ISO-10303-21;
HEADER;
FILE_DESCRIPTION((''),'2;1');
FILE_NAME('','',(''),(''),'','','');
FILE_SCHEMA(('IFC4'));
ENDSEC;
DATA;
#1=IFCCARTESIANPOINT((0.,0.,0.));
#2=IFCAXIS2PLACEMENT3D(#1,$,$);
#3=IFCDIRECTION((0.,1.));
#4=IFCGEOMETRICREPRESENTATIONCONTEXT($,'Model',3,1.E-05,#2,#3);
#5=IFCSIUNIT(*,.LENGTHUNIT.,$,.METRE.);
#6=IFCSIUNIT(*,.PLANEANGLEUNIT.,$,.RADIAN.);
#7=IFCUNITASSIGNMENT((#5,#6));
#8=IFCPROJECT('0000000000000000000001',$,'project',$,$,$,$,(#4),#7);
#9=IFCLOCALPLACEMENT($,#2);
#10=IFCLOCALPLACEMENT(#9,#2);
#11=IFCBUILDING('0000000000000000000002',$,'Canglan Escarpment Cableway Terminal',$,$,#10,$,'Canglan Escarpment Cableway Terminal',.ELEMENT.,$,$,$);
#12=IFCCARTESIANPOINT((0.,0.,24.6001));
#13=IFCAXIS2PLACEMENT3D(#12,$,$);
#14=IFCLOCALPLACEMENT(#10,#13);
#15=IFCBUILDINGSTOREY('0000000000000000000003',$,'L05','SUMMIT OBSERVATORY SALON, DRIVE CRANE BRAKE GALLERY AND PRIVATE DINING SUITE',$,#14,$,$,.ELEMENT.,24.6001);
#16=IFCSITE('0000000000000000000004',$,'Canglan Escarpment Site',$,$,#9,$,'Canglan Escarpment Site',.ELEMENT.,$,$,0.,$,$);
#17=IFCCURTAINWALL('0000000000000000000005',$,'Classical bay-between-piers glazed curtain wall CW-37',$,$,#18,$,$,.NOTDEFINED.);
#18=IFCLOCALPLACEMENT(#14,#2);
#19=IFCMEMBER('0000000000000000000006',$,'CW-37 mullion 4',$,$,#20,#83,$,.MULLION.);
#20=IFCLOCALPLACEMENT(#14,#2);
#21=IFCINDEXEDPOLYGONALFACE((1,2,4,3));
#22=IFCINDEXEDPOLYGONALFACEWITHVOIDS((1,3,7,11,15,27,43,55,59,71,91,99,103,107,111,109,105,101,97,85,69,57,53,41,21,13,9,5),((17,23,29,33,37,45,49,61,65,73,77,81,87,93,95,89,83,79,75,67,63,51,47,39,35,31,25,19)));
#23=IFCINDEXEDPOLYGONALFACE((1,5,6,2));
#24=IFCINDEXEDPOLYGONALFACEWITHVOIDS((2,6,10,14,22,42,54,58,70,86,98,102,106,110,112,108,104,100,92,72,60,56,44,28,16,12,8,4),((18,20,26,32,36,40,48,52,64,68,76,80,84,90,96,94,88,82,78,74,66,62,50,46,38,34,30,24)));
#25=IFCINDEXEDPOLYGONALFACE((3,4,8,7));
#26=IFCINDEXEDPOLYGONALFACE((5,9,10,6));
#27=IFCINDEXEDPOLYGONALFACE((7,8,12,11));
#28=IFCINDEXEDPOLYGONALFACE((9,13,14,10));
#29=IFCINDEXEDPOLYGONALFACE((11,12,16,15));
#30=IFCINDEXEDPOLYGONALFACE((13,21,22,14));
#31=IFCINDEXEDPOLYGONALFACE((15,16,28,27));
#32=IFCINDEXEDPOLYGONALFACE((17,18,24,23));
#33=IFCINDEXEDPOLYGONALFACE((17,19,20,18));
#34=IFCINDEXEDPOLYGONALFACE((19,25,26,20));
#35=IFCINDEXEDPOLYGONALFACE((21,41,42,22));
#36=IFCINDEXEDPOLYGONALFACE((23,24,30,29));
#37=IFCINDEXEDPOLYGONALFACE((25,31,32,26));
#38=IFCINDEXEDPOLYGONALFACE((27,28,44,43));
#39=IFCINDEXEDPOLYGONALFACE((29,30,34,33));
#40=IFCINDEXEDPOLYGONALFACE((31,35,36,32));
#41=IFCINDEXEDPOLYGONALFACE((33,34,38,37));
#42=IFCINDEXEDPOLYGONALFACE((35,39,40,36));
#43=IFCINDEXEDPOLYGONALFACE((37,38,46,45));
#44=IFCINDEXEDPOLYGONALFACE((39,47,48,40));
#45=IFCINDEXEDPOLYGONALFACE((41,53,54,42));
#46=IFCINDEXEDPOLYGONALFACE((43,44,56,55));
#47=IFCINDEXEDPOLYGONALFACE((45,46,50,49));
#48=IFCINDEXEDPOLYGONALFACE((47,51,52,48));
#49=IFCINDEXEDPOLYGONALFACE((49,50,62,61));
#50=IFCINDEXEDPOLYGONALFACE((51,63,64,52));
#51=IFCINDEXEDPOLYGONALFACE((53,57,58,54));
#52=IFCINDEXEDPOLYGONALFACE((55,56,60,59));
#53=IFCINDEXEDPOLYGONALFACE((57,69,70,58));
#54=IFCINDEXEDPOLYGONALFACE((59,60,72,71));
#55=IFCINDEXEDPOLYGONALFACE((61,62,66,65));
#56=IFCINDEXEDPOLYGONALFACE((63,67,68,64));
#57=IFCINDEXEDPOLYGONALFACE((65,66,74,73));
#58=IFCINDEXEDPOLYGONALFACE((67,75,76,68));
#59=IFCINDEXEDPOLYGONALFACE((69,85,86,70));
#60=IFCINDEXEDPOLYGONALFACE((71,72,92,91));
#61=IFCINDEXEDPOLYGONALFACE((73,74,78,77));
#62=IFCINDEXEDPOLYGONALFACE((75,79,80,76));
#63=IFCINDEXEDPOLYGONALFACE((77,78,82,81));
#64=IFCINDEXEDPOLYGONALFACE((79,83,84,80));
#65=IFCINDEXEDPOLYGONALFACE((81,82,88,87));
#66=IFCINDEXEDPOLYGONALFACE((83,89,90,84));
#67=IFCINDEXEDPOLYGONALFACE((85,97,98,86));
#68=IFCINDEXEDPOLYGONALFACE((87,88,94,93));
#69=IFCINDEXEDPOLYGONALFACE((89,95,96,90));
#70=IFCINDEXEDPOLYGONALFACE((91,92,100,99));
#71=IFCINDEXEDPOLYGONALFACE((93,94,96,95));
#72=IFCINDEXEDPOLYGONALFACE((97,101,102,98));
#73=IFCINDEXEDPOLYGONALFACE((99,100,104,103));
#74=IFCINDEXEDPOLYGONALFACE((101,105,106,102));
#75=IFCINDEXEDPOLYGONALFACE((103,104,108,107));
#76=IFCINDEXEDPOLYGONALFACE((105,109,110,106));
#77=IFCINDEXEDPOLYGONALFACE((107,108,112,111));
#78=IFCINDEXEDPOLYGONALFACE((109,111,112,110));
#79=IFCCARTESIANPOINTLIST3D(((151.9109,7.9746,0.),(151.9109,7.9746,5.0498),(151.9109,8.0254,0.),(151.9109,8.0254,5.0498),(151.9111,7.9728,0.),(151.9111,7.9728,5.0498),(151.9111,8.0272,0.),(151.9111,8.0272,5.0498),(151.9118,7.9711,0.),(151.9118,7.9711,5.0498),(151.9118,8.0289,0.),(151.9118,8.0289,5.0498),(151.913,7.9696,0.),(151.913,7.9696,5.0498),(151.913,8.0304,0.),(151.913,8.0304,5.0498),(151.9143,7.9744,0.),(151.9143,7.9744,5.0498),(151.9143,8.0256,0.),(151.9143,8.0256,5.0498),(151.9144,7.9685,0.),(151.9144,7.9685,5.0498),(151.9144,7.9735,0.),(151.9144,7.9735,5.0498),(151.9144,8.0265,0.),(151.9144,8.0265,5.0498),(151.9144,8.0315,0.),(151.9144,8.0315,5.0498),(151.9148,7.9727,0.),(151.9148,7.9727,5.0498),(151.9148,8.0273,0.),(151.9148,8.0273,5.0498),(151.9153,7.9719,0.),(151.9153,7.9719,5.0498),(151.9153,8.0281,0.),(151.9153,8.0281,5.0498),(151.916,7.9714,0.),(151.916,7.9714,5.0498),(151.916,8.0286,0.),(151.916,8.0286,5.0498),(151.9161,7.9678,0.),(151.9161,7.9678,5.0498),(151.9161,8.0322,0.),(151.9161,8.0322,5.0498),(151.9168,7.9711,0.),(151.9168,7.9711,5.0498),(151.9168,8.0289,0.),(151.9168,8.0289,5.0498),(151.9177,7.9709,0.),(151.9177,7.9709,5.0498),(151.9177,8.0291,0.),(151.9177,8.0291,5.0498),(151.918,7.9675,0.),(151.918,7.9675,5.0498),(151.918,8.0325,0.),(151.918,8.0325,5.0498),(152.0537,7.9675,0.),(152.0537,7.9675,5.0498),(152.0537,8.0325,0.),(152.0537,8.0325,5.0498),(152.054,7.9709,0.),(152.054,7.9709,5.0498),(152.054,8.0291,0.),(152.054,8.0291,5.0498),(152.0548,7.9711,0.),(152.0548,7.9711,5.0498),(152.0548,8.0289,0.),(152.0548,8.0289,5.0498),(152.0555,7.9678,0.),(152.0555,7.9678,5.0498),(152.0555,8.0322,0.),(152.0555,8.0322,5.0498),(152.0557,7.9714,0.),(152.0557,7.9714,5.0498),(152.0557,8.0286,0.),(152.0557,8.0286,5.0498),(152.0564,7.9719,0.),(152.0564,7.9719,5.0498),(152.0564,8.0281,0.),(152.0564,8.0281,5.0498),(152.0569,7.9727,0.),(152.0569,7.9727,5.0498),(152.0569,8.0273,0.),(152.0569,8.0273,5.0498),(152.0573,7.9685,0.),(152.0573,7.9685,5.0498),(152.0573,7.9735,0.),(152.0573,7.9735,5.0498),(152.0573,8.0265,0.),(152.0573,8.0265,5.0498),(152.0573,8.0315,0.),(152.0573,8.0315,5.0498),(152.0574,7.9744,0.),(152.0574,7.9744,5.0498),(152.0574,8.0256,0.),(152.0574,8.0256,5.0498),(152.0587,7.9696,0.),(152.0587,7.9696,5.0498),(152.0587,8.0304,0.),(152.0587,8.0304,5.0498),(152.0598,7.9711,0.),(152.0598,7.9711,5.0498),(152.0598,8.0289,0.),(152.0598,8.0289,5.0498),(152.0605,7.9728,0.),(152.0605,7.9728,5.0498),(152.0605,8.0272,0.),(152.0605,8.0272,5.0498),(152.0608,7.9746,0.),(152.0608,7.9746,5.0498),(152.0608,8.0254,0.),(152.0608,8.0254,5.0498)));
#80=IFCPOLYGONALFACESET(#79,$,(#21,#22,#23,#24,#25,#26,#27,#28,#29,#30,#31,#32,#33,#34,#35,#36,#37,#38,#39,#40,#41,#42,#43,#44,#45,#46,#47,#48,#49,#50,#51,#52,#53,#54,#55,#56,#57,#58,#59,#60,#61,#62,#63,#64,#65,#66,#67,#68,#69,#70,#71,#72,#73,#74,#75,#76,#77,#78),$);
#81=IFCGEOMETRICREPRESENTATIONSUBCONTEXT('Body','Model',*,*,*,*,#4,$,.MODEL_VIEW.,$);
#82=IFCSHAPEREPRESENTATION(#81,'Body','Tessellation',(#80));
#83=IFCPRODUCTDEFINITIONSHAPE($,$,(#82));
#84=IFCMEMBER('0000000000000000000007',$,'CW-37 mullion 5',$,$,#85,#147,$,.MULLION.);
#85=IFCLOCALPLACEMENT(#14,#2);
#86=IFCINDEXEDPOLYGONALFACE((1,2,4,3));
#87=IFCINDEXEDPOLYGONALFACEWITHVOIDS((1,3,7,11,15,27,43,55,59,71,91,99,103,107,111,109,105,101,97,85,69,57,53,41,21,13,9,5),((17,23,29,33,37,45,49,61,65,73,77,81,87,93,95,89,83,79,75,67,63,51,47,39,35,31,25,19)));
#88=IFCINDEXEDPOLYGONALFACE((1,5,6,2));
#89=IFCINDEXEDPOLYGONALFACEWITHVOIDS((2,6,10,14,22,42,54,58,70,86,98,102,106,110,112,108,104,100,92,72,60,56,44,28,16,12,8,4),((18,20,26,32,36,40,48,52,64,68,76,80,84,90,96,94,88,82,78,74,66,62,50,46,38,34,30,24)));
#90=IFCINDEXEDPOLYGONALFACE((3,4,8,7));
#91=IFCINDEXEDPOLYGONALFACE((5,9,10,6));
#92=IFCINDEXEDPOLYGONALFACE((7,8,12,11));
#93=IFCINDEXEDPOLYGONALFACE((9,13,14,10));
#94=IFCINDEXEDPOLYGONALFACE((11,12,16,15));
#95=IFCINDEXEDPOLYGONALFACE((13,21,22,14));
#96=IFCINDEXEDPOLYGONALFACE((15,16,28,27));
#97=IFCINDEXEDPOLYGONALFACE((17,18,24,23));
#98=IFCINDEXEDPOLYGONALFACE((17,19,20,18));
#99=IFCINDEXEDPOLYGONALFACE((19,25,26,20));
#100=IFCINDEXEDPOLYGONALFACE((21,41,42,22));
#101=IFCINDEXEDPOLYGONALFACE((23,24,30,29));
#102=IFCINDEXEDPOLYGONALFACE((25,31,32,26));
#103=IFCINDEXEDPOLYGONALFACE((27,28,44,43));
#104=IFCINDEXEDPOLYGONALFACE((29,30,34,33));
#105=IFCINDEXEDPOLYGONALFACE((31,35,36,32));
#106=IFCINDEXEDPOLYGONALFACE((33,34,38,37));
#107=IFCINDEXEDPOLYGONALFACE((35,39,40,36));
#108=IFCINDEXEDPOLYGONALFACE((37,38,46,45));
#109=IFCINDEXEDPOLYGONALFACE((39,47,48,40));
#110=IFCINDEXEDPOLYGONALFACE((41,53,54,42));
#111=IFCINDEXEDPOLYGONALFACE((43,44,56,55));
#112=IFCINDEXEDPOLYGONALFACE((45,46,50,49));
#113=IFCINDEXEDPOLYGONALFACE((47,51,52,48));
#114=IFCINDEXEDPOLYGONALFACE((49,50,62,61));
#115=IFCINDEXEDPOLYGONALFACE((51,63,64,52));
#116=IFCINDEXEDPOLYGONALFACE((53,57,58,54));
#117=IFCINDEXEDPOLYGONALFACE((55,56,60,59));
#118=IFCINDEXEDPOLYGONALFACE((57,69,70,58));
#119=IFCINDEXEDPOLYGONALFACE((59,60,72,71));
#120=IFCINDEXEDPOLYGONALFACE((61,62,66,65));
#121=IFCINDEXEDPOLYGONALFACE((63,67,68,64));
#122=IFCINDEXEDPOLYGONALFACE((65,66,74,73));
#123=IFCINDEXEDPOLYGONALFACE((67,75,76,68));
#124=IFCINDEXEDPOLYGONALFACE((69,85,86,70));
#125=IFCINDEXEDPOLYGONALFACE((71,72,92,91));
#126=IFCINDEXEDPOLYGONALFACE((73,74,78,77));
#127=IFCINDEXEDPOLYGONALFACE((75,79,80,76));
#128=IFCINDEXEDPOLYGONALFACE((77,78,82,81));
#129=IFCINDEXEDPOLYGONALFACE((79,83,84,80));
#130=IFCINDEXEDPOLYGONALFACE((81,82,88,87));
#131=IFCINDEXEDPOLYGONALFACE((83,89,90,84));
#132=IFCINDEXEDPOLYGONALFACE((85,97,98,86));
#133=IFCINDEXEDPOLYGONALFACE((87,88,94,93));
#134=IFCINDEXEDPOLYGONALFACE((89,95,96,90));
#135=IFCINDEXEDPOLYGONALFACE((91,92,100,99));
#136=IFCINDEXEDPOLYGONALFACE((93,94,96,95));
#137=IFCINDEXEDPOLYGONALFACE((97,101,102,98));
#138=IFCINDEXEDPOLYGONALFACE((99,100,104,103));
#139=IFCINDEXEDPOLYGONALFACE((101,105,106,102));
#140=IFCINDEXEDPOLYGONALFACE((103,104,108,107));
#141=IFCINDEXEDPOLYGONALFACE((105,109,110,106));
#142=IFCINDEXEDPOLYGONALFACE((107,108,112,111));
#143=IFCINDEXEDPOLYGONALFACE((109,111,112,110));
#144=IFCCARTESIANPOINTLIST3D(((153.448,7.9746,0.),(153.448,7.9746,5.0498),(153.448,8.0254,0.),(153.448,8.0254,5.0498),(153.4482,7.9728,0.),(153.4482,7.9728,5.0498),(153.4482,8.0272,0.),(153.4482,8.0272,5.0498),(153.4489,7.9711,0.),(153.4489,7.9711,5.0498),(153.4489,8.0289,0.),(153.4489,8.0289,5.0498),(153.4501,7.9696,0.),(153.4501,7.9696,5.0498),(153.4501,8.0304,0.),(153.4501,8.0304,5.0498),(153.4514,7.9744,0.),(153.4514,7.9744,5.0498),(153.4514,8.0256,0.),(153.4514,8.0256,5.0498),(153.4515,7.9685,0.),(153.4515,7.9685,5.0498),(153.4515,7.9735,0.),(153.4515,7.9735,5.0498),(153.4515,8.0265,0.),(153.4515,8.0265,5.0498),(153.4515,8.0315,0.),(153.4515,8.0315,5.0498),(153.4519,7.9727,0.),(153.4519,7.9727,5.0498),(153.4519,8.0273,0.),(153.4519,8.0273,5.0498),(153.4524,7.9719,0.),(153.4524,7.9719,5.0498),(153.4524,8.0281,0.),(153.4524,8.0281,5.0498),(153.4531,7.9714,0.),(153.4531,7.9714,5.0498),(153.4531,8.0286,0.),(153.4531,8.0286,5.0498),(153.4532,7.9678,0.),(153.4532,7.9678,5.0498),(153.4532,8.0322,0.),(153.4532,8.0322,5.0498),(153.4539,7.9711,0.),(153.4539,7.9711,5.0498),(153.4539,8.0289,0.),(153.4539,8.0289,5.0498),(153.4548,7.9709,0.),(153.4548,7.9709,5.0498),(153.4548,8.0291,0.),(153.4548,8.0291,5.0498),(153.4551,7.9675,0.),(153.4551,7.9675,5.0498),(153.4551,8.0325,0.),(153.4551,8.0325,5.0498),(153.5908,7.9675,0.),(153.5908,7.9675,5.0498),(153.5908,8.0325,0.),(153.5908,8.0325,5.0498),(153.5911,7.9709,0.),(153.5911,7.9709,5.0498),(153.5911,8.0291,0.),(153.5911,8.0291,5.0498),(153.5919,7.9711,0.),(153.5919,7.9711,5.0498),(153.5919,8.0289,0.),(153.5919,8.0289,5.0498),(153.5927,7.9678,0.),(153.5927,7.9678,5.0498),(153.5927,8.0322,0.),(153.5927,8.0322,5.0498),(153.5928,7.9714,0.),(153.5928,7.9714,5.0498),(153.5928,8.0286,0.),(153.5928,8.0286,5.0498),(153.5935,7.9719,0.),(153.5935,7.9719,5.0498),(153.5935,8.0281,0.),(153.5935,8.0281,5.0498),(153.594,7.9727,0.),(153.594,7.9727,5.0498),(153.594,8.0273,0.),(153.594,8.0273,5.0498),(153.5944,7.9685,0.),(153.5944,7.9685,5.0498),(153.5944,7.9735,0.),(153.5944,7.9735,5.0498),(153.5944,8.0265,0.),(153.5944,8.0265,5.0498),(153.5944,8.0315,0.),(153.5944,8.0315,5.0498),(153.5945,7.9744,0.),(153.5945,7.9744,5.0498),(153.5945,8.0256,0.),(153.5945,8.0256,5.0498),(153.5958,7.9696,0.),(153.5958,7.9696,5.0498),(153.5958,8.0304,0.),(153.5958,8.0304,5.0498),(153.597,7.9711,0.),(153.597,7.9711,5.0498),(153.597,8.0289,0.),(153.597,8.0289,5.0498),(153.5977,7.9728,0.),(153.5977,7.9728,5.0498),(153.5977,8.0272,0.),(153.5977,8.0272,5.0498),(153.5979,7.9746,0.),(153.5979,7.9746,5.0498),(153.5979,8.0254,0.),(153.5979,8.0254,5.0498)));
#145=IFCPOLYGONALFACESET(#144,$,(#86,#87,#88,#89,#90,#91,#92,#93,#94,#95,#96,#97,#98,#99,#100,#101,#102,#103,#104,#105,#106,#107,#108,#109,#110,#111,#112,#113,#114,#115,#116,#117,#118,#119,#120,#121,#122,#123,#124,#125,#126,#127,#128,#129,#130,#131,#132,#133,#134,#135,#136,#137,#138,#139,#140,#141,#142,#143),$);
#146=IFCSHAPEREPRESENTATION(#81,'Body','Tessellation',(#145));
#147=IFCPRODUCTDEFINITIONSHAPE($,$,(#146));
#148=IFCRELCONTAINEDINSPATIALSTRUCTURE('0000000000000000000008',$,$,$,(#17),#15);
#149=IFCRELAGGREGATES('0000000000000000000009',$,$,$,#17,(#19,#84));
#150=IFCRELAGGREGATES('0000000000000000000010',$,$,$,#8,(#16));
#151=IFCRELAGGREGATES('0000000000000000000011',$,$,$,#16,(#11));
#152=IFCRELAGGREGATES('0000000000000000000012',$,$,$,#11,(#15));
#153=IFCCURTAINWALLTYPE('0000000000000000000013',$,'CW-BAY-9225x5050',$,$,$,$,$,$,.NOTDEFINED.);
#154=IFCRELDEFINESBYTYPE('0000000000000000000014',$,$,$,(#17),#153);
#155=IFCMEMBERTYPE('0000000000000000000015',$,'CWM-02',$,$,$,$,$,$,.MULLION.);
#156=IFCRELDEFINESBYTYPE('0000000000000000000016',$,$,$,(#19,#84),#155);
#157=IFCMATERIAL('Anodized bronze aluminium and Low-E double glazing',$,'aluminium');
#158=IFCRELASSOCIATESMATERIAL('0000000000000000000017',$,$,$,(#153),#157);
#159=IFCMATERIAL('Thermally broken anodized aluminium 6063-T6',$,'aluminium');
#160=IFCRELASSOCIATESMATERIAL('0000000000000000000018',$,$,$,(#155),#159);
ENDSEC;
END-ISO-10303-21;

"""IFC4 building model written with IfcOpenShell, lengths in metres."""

from ifc_helpers import new_model, si_unit, direction, frame, origin, origin_2d, place, context, subcontext, project, spatial, hollow_rectangle, extrude, material, material_profile, profile_set, type_object, element, aggregate, save


model = new_model("IFC4")

# Units and contexts
model_context = context("Model", 3, precision=1e-05, world=origin(), true_north=direction((0.0, 1.0)))
body_context = subcontext(model_context, "Body", "Model", "MODEL_VIEW")
ifc_project = project(units=[si_unit("LENGTHUNIT", "METRE"), si_unit("PLANEANGLEUNIT", "RADIAN")], contexts=[model_context])

# Site, building, storey
site_placement = place(None, origin())
site = spatial("IfcSite", under=ifc_project, at=site_placement, Name="Canglan Escarpment Site", LongName="Canglan Escarpment Site", CompositionType="ELEMENT", RefElevation=0.0)
building_placement = place(site_placement, origin())
building = spatial("IfcBuilding", under=site, at=building_placement, Name="Canglan Escarpment Cableway Terminal", LongName="Canglan Escarpment Cableway Terminal", CompositionType="ELEMENT")
storey_placement = place(building_placement, frame((0.0, 0.0, 24.6001)))
storey = spatial("IfcBuildingStorey", under=building, at=storey_placement, Name="L05", Description="SUMMIT OBSERVATORY SALON, DRIVE CRANE BRAKE GALLERY AND PRIVATE DINING SUITE", CompositionType="ELEMENT", Elevation=24.6001)

# Curtain wall, members
ifc_material_1 = material(Name="Anodized bronze aluminium and Low-E double glazing", Category="aluminium")
curtain_wall_type = type_object("IfcCurtainWallType", Name="CW-BAY-9225x5050", PredefinedType="NOTDEFINED", material=ifc_material_1)
curtain_wall_placement = place(storey_placement, origin())
curtain_wall = element("IfcCurtainWall", 1, at=curtain_wall_placement, inside=storey, type_object=curtain_wall_type, Name="Classical bay-between-piers glazed curtain wall CW-37", PredefinedType="NOTDEFINED")
ifc_material_2 = material(Name="Thermally broken anodized aluminium 6063-T6", Category="aluminium")
ifc_material_profile_1 = material_profile(ifc_material_2, hollow_rectangle(XDim=0.0649, YDim=0.1499, WallThickness=0.0034, InnerFilletRadius=0.0034, OuterFilletRadius=0.0071, at=origin_2d()), Name="ALU-MULL 65x150x3.5")
ifc_profile_set_1 = profile_set([ifc_material_profile_1], Name="Thermally broken anodized aluminium 6063-T6")
member_type_1 = type_object("IfcMemberType", Name="CWM-02", PredefinedType="MULLION", material=ifc_profile_set_1)
member_1_placement = place(storey_placement, frame((151.9858, 8.0, 0.0), z_axis=(0.0, 0.0, 1.0), x_axis=(0.0, 1.0, 0.0)))
member_1 = element("IfcMember", 2, at=member_1_placement, type_object=member_type_1, Name="CW-37 mullion 4", PredefinedType="MULLION", context=body_context, shape_type="SweptSolid", body=[
    extrude(hollow_rectangle(XDim=0.0649, YDim=0.1499, WallThickness=0.0034, InnerFilletRadius=0.0034, OuterFilletRadius=0.0071, at=origin_2d()), origin(), (0.0, 0.0, 1.0), 5.0498),
])
member_2_placement = place(storey_placement, frame((153.5229, 8.0, 0.0), z_axis=(0.0, 0.0, 1.0), x_axis=(0.0, 1.0, 0.0)))
member_2 = element("IfcMember", 3, at=member_2_placement, type_object=member_type_1, Name="CW-37 mullion 5", PredefinedType="MULLION", context=body_context, shape_type="SweptSolid", body=[
    extrude(hollow_rectangle(XDim=0.0649, YDim=0.1499, WallThickness=0.0034, InnerFilletRadius=0.0034, OuterFilletRadius=0.0071, at=origin_2d()), origin(), (0.0, 0.0, 1.0), 5.0498),
])

aggregate(curtain_wall, [member_1, member_2])

save(model, "model.ifc")
